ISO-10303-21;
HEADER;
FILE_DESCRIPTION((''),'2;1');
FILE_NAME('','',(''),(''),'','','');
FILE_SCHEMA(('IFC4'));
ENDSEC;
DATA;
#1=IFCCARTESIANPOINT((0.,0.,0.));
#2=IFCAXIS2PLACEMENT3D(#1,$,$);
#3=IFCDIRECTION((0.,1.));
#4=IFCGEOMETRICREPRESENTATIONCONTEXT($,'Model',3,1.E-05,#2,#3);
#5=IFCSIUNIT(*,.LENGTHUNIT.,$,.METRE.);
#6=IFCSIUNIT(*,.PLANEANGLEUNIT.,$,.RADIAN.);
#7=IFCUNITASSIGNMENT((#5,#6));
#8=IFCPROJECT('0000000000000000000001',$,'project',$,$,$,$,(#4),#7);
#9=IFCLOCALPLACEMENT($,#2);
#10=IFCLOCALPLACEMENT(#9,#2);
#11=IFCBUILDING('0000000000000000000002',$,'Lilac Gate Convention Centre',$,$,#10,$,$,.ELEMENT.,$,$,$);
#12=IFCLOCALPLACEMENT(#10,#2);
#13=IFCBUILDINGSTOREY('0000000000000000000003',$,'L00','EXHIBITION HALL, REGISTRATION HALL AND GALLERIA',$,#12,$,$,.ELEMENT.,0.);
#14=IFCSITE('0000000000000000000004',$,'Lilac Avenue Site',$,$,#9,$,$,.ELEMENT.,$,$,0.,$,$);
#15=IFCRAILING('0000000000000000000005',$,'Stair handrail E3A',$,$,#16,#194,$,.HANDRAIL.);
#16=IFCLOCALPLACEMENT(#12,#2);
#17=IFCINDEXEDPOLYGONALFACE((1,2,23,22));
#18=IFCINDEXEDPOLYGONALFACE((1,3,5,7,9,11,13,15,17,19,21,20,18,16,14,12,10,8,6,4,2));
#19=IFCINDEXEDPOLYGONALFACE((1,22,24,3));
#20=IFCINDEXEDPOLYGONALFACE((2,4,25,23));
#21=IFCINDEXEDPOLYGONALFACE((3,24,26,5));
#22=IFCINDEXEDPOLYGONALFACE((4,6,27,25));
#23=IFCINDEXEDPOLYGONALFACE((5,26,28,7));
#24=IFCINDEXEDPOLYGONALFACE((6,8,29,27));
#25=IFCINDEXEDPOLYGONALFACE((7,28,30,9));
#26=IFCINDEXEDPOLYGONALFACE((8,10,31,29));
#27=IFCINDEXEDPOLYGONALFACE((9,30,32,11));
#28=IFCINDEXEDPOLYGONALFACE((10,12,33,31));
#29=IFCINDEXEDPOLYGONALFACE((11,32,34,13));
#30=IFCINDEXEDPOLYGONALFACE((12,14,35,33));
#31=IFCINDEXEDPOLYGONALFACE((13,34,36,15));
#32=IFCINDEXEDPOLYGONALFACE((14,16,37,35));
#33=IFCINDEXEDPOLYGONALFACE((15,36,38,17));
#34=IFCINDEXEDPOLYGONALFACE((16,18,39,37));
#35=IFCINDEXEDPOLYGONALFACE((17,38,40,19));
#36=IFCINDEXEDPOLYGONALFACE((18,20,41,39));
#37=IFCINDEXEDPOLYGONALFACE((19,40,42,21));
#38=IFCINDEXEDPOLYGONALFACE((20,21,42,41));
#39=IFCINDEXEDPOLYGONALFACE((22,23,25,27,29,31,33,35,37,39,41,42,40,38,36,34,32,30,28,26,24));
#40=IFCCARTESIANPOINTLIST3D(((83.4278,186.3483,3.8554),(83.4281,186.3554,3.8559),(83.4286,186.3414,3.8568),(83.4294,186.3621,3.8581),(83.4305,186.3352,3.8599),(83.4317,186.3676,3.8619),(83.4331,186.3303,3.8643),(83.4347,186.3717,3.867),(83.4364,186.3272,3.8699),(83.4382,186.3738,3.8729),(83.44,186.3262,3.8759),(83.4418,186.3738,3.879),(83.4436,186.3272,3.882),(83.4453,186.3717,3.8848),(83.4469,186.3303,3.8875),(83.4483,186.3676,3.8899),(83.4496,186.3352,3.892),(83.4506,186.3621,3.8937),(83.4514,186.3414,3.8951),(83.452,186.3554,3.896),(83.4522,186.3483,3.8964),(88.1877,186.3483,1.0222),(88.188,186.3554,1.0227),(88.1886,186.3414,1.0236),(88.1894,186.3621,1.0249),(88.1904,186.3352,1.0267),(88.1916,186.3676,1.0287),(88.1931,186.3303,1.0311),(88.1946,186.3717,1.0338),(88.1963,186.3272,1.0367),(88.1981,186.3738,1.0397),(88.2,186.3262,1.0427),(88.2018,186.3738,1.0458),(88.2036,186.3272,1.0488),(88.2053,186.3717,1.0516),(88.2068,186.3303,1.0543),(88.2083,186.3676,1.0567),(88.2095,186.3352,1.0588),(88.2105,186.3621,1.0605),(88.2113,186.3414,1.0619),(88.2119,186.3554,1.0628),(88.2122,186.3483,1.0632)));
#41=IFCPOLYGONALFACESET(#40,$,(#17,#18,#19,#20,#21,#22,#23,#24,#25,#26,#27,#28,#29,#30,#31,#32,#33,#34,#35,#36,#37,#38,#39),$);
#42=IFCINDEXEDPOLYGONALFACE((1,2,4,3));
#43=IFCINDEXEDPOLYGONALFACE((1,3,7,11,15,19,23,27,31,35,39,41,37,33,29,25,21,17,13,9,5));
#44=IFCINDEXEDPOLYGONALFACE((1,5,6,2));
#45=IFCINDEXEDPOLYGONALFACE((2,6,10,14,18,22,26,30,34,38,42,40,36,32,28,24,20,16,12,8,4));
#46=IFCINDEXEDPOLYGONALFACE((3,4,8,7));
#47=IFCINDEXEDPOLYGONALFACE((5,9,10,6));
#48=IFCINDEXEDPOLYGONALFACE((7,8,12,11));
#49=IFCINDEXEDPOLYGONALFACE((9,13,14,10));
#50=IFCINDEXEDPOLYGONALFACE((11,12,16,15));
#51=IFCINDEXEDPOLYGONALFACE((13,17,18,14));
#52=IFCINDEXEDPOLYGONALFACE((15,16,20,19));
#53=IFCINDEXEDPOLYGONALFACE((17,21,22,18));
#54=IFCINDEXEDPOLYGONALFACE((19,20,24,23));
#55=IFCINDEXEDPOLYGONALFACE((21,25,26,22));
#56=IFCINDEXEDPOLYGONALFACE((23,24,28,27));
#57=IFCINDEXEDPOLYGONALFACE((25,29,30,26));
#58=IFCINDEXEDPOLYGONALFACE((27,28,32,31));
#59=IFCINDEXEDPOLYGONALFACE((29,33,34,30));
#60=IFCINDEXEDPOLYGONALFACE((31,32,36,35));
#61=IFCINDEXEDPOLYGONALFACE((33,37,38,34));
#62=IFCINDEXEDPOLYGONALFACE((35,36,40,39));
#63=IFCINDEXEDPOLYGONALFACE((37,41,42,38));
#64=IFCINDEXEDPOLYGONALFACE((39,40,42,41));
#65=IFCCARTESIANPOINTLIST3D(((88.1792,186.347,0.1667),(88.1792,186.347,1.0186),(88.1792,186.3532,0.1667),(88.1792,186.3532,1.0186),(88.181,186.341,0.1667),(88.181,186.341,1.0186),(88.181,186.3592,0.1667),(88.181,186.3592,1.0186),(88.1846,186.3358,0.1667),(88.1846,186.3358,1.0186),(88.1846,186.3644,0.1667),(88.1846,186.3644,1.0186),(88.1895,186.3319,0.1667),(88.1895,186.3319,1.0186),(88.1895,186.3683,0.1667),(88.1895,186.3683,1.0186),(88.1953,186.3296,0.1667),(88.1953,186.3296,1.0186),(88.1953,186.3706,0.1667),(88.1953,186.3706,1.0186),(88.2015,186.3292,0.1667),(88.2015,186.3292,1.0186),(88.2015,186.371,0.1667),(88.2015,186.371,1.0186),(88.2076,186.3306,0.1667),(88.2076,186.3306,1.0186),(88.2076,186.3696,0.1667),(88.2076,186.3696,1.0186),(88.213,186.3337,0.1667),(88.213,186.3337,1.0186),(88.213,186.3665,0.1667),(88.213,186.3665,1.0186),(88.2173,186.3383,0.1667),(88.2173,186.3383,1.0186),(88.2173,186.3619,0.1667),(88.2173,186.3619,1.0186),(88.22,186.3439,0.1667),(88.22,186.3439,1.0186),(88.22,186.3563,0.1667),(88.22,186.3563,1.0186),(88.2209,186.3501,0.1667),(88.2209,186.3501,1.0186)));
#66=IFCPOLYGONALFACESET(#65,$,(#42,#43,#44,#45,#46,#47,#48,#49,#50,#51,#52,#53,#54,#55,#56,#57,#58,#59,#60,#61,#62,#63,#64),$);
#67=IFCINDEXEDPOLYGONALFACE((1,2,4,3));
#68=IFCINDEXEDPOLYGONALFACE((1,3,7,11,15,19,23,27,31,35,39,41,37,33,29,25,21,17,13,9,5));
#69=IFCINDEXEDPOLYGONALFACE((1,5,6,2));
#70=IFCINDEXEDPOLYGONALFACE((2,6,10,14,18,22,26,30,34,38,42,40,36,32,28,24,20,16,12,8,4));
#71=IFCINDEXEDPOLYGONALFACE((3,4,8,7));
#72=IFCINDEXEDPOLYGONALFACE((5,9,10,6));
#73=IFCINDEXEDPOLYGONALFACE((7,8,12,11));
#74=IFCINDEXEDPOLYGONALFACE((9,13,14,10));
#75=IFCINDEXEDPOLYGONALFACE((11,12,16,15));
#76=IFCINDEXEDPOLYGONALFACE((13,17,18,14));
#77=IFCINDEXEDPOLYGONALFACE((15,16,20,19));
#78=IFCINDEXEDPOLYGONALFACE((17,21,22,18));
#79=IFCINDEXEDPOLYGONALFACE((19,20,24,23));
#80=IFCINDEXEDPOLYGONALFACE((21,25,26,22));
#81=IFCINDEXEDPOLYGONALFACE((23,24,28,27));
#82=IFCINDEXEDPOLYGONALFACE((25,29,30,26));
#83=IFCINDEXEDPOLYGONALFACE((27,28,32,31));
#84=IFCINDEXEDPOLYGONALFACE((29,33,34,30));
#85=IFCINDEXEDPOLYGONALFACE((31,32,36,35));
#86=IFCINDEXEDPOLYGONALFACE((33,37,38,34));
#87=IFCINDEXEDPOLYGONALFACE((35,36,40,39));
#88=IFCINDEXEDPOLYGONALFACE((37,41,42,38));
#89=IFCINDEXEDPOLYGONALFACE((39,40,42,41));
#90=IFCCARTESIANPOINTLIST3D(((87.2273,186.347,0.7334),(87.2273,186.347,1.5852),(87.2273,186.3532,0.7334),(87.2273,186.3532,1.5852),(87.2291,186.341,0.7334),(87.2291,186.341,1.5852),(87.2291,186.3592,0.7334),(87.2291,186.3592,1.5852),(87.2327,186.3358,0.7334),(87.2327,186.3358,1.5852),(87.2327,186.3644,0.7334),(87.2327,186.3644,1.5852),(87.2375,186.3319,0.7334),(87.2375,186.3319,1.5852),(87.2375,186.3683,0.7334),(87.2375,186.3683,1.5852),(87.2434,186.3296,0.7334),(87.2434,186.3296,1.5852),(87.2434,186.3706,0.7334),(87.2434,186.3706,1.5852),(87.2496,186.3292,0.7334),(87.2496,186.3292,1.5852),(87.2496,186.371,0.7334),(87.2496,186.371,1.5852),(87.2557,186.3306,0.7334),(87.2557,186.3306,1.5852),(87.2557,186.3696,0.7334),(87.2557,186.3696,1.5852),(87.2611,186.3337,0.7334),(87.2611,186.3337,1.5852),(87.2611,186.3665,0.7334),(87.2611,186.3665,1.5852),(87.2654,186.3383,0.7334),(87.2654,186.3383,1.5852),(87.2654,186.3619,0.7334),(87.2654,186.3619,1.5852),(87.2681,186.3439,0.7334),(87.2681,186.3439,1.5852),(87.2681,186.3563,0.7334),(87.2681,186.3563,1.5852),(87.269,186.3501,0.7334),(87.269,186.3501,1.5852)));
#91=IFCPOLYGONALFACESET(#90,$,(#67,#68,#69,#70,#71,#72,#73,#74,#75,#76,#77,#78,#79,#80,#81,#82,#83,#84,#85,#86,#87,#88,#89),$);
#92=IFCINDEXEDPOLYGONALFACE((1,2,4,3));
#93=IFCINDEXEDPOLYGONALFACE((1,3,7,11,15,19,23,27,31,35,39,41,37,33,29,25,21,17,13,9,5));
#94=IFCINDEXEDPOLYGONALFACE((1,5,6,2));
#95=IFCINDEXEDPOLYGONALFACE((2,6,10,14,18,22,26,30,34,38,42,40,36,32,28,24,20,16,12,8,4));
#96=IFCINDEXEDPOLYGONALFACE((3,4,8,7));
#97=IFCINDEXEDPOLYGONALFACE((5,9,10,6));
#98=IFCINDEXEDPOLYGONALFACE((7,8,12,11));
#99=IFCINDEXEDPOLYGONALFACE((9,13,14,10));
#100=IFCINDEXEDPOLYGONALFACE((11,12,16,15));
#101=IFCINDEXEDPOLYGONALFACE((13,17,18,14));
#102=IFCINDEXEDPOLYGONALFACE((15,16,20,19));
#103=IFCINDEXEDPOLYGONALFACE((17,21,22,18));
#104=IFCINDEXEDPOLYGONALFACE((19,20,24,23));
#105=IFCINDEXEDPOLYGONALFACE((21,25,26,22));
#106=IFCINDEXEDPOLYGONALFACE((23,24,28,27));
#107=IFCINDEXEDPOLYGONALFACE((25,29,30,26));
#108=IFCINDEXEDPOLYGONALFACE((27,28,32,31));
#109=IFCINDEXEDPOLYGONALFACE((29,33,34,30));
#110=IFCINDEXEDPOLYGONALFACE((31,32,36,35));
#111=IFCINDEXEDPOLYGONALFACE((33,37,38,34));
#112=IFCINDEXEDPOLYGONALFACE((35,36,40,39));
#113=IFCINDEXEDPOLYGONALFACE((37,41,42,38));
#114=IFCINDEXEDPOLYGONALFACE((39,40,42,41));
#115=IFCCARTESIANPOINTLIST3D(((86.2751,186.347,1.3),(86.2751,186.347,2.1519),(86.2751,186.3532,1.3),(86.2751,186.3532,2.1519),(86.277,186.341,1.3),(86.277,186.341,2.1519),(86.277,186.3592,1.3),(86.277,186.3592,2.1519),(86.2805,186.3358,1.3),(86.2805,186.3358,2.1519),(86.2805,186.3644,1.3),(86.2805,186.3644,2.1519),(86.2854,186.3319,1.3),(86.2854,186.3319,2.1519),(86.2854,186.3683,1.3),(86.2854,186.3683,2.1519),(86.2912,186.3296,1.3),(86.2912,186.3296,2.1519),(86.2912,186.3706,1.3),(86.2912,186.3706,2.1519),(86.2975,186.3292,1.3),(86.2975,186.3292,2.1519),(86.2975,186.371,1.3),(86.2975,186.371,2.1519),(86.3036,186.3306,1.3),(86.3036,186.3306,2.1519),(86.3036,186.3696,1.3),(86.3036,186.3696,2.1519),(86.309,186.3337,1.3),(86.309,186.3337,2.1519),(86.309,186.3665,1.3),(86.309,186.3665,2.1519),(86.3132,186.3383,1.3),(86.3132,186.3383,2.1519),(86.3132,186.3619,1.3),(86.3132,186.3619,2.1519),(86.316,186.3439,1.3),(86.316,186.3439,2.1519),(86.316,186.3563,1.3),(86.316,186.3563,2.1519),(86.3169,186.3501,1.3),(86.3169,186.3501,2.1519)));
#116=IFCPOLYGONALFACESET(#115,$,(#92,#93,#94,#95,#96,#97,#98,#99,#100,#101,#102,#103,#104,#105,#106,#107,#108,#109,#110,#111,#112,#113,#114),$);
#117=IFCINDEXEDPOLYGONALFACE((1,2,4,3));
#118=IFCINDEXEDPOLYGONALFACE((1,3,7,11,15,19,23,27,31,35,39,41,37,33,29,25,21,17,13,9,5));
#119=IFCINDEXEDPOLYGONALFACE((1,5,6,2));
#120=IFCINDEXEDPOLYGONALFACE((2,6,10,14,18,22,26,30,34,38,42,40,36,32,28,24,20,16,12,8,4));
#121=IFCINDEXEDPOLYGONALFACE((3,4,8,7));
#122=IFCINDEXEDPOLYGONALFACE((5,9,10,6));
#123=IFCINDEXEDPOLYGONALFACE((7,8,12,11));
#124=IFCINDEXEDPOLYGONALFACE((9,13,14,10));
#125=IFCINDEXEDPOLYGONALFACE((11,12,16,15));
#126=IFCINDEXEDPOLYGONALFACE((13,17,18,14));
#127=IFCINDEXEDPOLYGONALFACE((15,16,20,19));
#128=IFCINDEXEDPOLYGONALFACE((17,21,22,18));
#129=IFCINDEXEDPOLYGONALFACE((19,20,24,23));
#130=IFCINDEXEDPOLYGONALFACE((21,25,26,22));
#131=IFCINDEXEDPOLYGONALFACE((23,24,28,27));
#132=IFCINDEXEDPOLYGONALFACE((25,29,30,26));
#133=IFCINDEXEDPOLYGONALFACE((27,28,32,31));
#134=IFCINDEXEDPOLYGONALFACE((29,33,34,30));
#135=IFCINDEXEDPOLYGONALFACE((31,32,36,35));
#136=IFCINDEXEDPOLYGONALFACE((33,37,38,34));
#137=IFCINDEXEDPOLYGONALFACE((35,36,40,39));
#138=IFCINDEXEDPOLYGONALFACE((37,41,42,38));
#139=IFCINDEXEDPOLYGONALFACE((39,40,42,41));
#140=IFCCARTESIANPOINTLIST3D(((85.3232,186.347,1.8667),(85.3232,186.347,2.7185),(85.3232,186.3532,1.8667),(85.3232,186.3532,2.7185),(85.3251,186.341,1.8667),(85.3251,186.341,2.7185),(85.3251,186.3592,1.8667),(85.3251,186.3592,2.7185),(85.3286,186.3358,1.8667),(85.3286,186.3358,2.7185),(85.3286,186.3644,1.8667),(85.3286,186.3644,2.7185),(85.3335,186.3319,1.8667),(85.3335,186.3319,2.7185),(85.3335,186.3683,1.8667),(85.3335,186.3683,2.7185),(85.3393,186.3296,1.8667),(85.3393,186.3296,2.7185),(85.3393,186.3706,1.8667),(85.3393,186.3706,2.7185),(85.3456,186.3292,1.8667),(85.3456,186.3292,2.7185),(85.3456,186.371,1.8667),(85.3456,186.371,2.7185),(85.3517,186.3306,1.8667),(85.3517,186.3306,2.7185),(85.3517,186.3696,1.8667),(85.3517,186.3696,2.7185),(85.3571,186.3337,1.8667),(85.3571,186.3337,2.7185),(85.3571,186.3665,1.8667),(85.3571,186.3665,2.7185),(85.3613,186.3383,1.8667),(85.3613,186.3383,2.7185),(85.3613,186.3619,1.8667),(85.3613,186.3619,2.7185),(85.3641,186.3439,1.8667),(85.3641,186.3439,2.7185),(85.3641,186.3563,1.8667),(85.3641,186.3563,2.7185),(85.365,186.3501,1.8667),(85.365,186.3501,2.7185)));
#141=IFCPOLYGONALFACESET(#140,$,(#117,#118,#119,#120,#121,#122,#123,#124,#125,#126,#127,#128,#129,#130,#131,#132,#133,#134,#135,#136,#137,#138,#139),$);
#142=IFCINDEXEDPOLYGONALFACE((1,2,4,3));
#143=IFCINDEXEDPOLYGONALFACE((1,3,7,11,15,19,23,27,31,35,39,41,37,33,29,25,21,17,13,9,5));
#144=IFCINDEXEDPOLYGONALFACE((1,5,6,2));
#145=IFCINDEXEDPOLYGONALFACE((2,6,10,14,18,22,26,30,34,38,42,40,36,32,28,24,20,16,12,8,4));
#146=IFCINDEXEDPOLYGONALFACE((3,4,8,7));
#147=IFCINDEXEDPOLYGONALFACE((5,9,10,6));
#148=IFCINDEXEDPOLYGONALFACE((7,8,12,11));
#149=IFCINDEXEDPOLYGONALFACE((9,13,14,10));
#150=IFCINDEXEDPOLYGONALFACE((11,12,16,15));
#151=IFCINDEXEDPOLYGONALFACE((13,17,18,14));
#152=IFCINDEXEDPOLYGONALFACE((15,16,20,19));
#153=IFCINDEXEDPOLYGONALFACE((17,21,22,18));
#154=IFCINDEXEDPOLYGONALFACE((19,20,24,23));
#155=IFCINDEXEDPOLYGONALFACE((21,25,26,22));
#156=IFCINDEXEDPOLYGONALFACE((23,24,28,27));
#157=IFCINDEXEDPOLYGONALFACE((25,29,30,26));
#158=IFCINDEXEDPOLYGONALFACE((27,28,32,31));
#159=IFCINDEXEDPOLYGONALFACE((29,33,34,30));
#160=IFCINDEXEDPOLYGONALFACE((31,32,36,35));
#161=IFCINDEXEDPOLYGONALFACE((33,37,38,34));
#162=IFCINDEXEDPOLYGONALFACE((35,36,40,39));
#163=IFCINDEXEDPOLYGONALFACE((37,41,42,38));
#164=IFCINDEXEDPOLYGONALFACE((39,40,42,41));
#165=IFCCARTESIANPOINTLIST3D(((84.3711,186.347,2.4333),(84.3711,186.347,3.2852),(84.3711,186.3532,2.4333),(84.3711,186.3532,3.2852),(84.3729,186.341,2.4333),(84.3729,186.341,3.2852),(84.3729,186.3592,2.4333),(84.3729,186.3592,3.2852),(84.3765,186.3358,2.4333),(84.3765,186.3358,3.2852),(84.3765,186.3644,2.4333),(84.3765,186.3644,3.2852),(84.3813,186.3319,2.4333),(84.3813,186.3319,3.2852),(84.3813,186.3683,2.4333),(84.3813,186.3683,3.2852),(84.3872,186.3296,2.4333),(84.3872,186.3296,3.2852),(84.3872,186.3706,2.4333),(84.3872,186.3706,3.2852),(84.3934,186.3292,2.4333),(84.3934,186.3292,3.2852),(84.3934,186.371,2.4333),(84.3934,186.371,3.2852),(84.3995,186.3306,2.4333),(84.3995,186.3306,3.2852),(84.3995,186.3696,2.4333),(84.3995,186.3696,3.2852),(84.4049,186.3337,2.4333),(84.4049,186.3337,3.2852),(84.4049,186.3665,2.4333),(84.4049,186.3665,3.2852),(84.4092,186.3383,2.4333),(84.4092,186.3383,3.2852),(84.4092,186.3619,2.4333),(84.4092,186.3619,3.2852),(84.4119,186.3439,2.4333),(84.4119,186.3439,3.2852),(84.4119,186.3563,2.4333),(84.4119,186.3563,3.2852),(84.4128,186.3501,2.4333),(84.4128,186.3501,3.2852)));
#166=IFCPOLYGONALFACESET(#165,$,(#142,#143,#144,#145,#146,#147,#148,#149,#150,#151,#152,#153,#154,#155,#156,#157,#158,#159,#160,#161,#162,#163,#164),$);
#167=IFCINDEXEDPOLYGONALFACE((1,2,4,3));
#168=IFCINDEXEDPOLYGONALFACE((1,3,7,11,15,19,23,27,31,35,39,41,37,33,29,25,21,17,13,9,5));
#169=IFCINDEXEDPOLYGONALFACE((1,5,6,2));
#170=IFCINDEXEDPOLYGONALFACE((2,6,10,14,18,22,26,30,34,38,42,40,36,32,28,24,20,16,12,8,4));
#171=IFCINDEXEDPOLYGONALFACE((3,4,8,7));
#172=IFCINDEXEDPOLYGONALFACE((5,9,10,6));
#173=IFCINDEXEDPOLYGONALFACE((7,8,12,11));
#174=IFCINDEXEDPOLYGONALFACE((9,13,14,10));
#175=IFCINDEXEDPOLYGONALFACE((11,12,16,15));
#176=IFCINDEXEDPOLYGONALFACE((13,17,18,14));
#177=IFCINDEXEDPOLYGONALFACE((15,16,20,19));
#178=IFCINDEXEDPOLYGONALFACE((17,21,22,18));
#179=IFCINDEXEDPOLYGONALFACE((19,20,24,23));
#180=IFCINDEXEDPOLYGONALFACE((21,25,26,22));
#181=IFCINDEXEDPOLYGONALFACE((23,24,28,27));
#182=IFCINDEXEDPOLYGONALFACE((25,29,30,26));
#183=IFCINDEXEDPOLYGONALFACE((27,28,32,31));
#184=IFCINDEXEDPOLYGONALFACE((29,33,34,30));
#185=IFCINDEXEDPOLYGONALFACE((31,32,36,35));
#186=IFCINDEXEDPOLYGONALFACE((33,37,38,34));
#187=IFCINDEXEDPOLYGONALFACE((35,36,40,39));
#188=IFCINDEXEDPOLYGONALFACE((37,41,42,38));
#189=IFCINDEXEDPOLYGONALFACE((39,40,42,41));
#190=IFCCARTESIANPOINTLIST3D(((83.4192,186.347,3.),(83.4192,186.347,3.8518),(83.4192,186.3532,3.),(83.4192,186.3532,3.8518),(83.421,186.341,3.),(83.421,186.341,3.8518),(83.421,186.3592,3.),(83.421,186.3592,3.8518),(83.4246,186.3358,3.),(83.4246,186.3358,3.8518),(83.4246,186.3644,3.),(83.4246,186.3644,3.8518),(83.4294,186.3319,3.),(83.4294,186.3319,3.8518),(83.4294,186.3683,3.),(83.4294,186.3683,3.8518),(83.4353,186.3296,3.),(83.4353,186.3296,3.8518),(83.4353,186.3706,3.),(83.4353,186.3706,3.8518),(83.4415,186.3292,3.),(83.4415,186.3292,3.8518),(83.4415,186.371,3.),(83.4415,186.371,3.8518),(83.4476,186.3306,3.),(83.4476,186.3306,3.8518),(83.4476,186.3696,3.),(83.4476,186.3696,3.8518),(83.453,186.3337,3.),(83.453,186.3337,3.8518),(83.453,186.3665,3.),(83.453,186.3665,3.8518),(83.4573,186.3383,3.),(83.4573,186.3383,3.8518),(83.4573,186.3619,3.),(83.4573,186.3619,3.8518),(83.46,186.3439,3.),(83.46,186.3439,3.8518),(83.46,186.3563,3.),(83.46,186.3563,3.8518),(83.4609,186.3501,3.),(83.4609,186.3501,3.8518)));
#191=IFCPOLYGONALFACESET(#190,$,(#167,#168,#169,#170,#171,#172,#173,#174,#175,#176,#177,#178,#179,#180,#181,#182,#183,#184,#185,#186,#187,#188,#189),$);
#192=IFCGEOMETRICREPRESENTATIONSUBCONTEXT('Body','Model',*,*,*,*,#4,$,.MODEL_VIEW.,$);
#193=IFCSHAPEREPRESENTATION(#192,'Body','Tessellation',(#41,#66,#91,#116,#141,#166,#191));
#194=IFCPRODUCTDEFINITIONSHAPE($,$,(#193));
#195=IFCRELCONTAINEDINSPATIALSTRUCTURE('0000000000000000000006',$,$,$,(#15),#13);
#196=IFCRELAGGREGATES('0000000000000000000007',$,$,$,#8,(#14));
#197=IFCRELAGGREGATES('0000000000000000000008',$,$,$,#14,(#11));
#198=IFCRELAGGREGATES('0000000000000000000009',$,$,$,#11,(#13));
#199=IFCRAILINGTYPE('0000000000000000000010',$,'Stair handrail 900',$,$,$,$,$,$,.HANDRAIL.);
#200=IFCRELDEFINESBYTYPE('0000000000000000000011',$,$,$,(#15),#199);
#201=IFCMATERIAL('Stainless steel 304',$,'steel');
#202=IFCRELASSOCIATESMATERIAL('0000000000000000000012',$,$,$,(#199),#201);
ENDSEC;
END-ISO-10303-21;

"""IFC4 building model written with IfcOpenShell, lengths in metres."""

from ifc_helpers import new_model, si_unit, direction, frame, origin, origin_2d, place, context, subcontext, project, spatial, circle, extrude, material, type_object, element, save


model = new_model("IFC4")

# Units and contexts
model_context = context("Model", 3, precision=1e-05, world=origin(), true_north=direction((0.0, 1.0)))
body_context = subcontext(model_context, "Body", "Model", "MODEL_VIEW")
ifc_project = project(units=[si_unit("LENGTHUNIT", "METRE"), si_unit("PLANEANGLEUNIT", "RADIAN")], contexts=[model_context])

# Site, building, storey
site_placement = place(None, origin())
site = spatial("IfcSite", under=ifc_project, at=site_placement, Name="Lilac Avenue Site", CompositionType="ELEMENT", RefElevation=0.0)
building_placement = place(site_placement, origin())
building = spatial("IfcBuilding", under=site, at=building_placement, Name="Lilac Gate Convention Centre", CompositionType="ELEMENT")
storey_placement = place(building_placement, origin())
storey = spatial("IfcBuildingStorey", under=building, at=storey_placement, Name="L00", Description="EXHIBITION HALL, REGISTRATION HALL AND GALLERIA", CompositionType="ELEMENT", Elevation=0.0)

# Railing
ifc_material_1 = material(Name="Stainless steel 304", Category="steel")
railing_type = type_object("IfcRailingType", Name="Stair handrail 900", PredefinedType="HANDRAIL", material=ifc_material_1)
for number, where, name in (
    (1, (88.2, 186.3501, 0.1667), "Stair handrail E3A"),
):
    element("IfcRailing", number, at=place(storey_placement, frame(where)), inside=storey, type_object=railing_type, Name=name, PredefinedType="HANDRAIL", context=body_context, shape_type="SweptSolid", body=[
        extrude(circle(Radius=0.0239, at=origin_2d()), frame((0.0, 0.0, 0.876), z_axis=(-0.8593, 0.0, 0.511472), x_axis=(0.0, -1.0, 0.0)), (0.0, 0.0, 1.0), 5.5393),
        extrude(circle(Radius=0.021, at=origin_2d()), origin(), (0.0, 0.0, 1.0), 0.8518),
        extrude(circle(Radius=0.021, at=origin_2d()), frame((-0.9519, 0.0, 0.5667)), (0.0, 0.0, 1.0), 0.8518),
        extrude(circle(Radius=0.021, at=origin_2d()), frame((-1.9041, 0.0, 1.1333)), (0.0, 0.0, 1.0), 0.8518),
        extrude(circle(Radius=0.021, at=origin_2d()), frame((-2.856, 0.0, 1.7)), (0.0, 0.0, 1.0), 0.8518),
        extrude(circle(Radius=0.021, at=origin_2d()), frame((-3.8081, 0.0, 2.2666)), (0.0, 0.0, 1.0), 0.8518),
        extrude(circle(Radius=0.021, at=origin_2d()), frame((-4.76, 0.0, 2.8333)), (0.0, 0.0, 1.0), 0.8518),
    ])

save(model, "model.ifc")
